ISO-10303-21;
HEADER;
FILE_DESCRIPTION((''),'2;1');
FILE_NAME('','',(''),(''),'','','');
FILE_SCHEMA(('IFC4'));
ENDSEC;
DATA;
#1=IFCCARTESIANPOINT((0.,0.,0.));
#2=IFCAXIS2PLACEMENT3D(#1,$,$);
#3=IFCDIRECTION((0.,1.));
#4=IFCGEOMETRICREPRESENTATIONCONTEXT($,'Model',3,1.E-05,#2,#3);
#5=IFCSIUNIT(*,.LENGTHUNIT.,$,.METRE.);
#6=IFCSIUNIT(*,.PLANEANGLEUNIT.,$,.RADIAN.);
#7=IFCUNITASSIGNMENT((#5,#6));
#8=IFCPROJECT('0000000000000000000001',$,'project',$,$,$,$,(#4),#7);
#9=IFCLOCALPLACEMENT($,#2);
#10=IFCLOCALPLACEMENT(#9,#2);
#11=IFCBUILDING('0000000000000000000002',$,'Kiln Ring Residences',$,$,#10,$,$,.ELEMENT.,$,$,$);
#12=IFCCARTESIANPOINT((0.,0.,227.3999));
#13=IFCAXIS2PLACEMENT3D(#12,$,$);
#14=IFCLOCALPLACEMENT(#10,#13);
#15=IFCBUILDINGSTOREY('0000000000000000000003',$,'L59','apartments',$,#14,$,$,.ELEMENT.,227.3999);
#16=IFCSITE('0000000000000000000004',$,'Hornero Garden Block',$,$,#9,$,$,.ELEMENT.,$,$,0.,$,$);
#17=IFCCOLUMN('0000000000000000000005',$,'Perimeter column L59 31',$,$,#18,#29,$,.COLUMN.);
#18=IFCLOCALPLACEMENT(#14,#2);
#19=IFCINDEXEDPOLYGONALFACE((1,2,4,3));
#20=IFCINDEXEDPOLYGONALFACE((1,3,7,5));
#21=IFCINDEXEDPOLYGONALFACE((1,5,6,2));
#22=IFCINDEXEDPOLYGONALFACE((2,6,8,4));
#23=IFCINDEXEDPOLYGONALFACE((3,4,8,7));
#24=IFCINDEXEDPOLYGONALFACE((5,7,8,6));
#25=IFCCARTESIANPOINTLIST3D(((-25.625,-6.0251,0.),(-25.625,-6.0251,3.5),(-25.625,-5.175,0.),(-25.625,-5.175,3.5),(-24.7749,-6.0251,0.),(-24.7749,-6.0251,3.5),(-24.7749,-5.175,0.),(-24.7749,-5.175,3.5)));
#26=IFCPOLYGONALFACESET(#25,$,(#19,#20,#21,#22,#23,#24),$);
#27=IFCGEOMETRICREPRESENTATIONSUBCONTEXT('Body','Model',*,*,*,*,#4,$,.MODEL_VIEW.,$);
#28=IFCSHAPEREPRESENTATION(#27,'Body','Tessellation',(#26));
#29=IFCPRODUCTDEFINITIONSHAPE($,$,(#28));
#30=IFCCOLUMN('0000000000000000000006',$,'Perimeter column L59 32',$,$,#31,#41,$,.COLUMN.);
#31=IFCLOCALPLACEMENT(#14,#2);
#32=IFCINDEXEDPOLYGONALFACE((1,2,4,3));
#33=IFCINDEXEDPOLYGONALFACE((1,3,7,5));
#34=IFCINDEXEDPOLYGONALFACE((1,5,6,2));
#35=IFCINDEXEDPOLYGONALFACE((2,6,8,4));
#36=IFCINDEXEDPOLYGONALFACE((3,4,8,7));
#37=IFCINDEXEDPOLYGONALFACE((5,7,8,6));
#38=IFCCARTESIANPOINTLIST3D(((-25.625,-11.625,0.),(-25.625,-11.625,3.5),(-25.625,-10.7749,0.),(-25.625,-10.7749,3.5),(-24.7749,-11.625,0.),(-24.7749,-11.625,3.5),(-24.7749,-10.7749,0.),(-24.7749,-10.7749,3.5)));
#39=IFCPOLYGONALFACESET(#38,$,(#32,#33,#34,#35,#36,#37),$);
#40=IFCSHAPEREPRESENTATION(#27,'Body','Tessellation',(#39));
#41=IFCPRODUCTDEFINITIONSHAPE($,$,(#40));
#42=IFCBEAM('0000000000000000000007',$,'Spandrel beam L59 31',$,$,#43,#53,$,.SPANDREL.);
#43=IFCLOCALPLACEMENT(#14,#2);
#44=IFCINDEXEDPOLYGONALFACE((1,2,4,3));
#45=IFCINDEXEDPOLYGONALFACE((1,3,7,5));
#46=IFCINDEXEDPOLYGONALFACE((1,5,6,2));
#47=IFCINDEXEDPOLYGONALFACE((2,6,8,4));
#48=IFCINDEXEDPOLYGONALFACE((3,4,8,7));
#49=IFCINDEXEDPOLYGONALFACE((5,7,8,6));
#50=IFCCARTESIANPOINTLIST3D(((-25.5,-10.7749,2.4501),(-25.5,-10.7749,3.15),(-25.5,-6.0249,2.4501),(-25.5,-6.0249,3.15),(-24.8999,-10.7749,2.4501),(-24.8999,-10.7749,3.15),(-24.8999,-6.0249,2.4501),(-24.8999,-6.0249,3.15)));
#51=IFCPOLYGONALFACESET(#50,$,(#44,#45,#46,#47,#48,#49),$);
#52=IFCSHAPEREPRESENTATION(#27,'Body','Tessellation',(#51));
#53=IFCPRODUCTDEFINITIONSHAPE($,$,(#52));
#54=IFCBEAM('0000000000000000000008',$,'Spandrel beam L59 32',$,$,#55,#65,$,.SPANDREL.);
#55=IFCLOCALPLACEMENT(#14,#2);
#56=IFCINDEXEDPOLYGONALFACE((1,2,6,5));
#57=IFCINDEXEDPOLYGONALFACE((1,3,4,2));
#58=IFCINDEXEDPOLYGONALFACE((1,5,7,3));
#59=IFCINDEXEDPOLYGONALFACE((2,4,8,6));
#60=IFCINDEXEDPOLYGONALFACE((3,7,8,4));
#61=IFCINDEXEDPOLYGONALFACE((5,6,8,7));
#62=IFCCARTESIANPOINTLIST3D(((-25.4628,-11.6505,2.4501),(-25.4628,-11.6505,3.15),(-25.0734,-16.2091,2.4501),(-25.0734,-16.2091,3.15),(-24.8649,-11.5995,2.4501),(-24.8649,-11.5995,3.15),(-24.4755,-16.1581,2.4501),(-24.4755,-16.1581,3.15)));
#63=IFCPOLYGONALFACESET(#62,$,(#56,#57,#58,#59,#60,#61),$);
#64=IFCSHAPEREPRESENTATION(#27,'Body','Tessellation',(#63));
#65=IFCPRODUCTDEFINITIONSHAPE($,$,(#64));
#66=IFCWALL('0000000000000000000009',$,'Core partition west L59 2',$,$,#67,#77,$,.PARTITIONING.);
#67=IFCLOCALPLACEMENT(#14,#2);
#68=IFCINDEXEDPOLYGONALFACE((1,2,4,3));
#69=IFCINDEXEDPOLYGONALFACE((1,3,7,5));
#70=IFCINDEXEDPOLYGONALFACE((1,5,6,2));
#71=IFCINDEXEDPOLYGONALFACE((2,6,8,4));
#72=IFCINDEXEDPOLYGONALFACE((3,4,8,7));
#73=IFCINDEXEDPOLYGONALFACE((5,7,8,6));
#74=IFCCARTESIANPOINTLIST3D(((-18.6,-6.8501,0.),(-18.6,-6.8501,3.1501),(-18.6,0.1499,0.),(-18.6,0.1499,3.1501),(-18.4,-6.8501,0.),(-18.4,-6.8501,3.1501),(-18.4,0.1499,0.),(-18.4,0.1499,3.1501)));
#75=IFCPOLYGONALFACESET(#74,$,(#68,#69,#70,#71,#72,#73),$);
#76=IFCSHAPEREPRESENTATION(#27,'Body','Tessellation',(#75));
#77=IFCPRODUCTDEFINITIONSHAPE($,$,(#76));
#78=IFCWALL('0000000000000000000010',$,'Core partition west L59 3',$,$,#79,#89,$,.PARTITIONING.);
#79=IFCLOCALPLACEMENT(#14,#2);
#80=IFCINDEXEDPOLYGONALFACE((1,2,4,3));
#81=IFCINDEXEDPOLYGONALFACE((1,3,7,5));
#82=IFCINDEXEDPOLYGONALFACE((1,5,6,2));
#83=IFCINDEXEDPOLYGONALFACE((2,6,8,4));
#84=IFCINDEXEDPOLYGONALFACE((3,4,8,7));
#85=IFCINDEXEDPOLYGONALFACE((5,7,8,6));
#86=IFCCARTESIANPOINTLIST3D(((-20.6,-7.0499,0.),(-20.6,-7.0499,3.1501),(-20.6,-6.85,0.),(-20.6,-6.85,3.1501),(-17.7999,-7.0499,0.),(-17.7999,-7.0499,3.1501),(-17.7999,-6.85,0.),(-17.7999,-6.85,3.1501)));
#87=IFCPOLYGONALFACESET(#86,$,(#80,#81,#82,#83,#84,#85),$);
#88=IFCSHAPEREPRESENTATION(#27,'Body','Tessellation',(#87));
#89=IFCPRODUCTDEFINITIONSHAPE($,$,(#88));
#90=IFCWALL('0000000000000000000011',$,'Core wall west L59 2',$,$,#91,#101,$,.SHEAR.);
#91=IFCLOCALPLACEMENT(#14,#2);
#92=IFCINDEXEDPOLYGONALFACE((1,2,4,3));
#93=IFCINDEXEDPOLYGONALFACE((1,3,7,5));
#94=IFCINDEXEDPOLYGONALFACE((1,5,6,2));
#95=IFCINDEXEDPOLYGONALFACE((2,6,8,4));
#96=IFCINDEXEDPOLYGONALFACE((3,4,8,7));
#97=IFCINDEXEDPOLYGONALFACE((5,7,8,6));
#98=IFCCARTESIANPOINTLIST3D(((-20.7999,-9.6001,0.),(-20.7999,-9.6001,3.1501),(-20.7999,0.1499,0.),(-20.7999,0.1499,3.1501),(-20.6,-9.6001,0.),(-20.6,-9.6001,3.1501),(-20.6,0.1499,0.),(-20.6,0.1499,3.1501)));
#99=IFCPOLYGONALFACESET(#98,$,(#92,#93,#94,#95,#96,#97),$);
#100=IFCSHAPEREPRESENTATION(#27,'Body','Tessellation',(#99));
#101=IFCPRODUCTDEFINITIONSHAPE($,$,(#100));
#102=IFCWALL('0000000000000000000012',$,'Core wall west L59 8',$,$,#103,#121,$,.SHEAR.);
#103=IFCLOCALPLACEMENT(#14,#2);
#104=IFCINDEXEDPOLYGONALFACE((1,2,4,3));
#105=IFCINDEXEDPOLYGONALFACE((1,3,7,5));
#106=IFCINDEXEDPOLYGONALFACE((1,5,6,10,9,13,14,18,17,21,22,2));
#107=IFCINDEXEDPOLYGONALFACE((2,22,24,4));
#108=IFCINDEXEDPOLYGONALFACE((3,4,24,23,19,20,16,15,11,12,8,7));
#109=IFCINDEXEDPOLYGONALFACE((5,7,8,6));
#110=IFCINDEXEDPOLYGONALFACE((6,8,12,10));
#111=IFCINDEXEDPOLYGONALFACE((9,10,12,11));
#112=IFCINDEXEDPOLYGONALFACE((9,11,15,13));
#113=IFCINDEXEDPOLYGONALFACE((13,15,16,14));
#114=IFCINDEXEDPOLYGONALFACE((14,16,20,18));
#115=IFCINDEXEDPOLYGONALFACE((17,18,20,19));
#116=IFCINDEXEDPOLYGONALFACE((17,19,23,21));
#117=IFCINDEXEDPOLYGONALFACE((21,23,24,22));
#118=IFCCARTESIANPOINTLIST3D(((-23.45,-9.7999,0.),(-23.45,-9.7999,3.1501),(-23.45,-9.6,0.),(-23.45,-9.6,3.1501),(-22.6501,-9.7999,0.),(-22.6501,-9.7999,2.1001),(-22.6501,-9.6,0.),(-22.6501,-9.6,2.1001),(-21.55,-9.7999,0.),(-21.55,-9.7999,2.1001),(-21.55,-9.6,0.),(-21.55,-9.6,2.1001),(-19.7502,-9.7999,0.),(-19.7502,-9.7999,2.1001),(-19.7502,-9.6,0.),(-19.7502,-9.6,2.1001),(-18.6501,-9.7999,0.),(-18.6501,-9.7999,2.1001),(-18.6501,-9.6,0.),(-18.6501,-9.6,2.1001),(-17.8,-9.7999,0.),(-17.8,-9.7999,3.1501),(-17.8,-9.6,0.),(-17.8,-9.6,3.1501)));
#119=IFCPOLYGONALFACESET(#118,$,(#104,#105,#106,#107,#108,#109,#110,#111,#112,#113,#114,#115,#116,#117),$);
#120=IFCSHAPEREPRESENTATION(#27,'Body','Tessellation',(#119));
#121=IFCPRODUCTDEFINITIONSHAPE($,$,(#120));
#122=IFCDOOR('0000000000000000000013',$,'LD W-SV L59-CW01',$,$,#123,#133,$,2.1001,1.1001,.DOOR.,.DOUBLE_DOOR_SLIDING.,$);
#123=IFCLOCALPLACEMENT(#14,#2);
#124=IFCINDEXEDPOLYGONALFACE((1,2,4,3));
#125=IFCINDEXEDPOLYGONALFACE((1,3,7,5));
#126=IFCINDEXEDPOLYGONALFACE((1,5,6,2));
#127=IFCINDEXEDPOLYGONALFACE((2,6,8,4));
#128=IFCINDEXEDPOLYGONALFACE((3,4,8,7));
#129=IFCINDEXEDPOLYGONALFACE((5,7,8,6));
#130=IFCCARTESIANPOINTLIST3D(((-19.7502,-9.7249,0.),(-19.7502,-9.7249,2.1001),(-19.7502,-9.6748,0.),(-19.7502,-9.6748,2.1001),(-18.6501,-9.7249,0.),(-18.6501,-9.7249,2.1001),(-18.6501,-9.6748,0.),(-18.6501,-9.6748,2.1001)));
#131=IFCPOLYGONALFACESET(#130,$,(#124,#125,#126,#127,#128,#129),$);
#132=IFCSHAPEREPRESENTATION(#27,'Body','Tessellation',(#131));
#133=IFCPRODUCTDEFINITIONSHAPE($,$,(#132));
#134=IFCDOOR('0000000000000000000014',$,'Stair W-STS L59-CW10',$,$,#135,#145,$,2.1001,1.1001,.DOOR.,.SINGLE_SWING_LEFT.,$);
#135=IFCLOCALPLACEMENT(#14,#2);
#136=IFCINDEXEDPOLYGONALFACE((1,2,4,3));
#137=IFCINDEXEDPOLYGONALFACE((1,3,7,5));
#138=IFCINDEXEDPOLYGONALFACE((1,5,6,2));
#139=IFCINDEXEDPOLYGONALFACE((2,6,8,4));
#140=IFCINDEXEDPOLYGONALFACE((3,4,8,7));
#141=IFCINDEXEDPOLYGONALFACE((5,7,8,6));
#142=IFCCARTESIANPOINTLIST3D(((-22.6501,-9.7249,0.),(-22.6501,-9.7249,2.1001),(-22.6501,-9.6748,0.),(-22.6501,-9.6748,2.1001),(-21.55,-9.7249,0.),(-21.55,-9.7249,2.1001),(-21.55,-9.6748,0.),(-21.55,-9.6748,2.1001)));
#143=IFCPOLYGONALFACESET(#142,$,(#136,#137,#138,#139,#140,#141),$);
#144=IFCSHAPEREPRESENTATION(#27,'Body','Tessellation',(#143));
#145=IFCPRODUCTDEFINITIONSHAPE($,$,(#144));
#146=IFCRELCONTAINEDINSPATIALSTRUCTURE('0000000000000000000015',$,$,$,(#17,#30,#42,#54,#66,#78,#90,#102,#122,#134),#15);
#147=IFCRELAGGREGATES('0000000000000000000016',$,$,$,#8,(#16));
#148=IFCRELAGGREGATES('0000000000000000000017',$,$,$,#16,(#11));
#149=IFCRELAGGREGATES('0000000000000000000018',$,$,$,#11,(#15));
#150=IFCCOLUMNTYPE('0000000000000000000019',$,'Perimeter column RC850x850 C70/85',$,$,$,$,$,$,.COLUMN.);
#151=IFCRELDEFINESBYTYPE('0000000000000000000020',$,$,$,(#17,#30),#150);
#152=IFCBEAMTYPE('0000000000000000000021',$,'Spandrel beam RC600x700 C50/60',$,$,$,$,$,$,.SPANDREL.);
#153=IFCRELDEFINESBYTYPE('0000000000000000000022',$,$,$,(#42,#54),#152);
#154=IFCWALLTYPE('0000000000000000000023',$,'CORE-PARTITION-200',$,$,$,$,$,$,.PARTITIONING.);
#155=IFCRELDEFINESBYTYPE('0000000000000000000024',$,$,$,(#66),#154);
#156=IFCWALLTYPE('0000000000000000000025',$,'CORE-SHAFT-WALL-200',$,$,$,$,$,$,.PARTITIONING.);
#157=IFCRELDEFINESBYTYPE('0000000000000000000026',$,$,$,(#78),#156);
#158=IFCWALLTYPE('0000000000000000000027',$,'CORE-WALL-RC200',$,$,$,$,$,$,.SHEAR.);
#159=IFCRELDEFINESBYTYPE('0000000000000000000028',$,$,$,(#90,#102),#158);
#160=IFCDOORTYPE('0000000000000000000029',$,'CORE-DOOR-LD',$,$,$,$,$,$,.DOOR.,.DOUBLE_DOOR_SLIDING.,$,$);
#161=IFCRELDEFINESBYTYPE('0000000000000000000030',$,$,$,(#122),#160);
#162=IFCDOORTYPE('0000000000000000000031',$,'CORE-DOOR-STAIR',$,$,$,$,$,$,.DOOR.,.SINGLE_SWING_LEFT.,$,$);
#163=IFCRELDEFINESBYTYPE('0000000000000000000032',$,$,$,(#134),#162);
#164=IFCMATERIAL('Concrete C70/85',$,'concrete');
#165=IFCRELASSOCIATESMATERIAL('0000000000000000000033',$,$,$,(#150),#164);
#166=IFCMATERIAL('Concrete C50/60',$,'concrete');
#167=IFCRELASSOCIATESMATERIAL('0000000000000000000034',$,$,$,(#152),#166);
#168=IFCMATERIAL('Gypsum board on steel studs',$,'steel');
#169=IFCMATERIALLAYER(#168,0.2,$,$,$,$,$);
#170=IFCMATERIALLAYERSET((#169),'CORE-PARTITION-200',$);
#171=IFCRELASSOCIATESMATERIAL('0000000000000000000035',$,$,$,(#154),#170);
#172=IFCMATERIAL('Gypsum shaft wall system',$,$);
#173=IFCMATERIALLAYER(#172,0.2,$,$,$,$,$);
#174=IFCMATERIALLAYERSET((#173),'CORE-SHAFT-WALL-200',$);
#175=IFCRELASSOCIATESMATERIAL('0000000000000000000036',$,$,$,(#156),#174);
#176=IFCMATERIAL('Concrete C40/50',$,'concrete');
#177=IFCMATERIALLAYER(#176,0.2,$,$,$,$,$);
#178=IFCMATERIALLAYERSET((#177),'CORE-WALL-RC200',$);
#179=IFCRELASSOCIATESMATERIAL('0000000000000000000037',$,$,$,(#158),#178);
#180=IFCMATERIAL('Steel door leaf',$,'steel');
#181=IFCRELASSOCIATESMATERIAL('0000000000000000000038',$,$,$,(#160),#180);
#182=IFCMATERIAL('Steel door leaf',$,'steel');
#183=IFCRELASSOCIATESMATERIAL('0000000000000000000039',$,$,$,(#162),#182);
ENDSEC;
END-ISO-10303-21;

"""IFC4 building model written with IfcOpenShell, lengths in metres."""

from ifc_helpers import new_model, si_unit, direction, frame, frame_2d, origin, origin_2d, place, context, subcontext, project, spatial, rectangle, extrude, material, layer, layer_set, material_profile, profile_set, type_object, element, fill, save


model = new_model("IFC4")

# Units and contexts
model_context = context("Model", 3, precision=1e-05, world=origin(), true_north=direction((0.0, 1.0)))
body_context = subcontext(model_context, "Body", "Model", "MODEL_VIEW")
ifc_project = project(units=[si_unit("LENGTHUNIT", "METRE"), si_unit("PLANEANGLEUNIT", "RADIAN")], contexts=[model_context])

# Site, building, storey
site_placement = place(None, origin())
site = spatial("IfcSite", under=ifc_project, at=site_placement, Name="Hornero Garden Block", CompositionType="ELEMENT", RefElevation=0.0)
building_placement = place(site_placement, origin())
building = spatial("IfcBuilding", under=site, at=building_placement, Name="Kiln Ring Residences", CompositionType="ELEMENT")
storey_placement = place(building_placement, frame((0.0, 0.0, 227.3999)))
storey = spatial("IfcBuildingStorey", under=building, at=storey_placement, Name="L59", Description="apartments", CompositionType="ELEMENT", Elevation=227.3999)

# Columns
ifc_material_1 = material(Name="Concrete C70/85", Category="concrete")
ifc_material_profile_1 = material_profile(ifc_material_1, rectangle(XDim=0.8501, YDim=0.8501, at=origin_2d()), Name="RC850x850")
ifc_profile_set_1 = profile_set([ifc_material_profile_1], Name="Concrete C70/85")
column_type = type_object("IfcColumnType", Name="Perimeter column RC850x850 C70/85", PredefinedType="COLUMN", material=ifc_profile_set_1)
for number, where, z_axis, x_axis, name in (
    (1, (-25.2, -5.6001, 0.0), (0.0, 0.0, 1.0), (1.0, 0.0, 0.0), "Perimeter column L59 31"),
    (2, (-25.2, -11.2, 0.0), (0.0, 0.0, 1.0), (1.0, 0.0, 0.0), "Perimeter column L59 32"),
):
    element("IfcColumn", number, at=place(storey_placement, frame(where, z_axis=z_axis, x_axis=x_axis)), inside=storey, type_object=column_type, Name=name, PredefinedType="COLUMN", context=body_context, shape_type="SweptSolid", body=[
        extrude(rectangle(XDim=0.8501, YDim=0.8501, at=origin_2d()), origin(), (0.0, 0.0, 1.0), 3.5),
    ])

# Beams
ifc_material_2 = material(Name="Concrete C50/60", Category="concrete")
ifc_material_profile_2 = material_profile(ifc_material_2, rectangle(XDim=0.6001, YDim=0.7, at=origin_2d()), Name="RC600x700")
ifc_profile_set_2 = profile_set([ifc_material_profile_2], Name="Concrete C50/60")
beam_type = type_object("IfcBeamType", Name="Spandrel beam RC600x700 C50/60", PredefinedType="SPANDREL", material=ifc_profile_set_2)
beam_1_placement = place(storey_placement, frame((-25.2, -6.0249, 2.8), z_axis=(0.0, -1.0, 0.0), x_axis=(1.0, 0.0, 0.0)))
element("IfcBeam", 3, at=beam_1_placement, inside=storey, type_object=beam_type, Name="Spandrel beam L59 31", PredefinedType="SPANDREL", context=body_context, shape_type="SweptSolid", body=[
    extrude(rectangle(XDim=0.6001, YDim=0.7, at=origin_2d()), origin(), (0.0, 0.0, 1.0), 4.75),
])
beam_2_placement = place(storey_placement, frame((-25.1638, -11.625, 2.8), z_axis=(0.085112, -0.996371, 0.0), x_axis=(0.996371, 0.085112, 0.0)))
element("IfcBeam", 4, at=beam_2_placement, inside=storey, type_object=beam_type, Name="Spandrel beam L59 32", PredefinedType="SPANDREL", context=body_context, shape_type="SweptSolid", body=[
    extrude(rectangle(XDim=0.6001, YDim=0.7, at=origin_2d()), origin(), (0.0, 0.0, 1.0), 4.5752),
])

# Walls
ifc_material_3 = material(Name="Gypsum board on steel studs", Category="steel")
ifc_layer_1 = layer(ifc_material_3, 0.2)
ifc_layer_set_1 = layer_set([ifc_layer_1], Name="CORE-PARTITION-200")
wall_type_1 = type_object("IfcWallType", Name="CORE-PARTITION-200", PredefinedType="PARTITIONING", material=ifc_layer_set_1)
wall_1_placement = place(storey_placement, frame((-18.5, -6.8501, 0.0), z_axis=(0.0, 0.0, 1.0), x_axis=(0.0, 1.0, 0.0)))
element("IfcWall", 5, at=wall_1_placement, inside=storey, type_object=wall_type_1, Name="Core partition west L59 2", PredefinedType="PARTITIONING", context=body_context, shape_type="SweptSolid", body=[
    extrude(rectangle(XDim=7.0, YDim=0.2, at=frame_2d((3.5, 0.0))), origin(), (0.0, 0.0, 1.0), 3.1501),
])
ifc_material_4 = material(Name="Gypsum shaft wall system")
ifc_layer_2 = layer(ifc_material_4, 0.2)
ifc_layer_set_2 = layer_set([ifc_layer_2], Name="CORE-SHAFT-WALL-200")
wall_type_2 = type_object("IfcWallType", Name="CORE-SHAFT-WALL-200", PredefinedType="PARTITIONING", material=ifc_layer_set_2)
wall_2_placement = place(storey_placement, frame((-17.8, -6.95, 0.0), z_axis=(0.0, 0.0, 1.0), x_axis=(-1.0, 0.0, 0.0)))
element("IfcWall", 6, at=wall_2_placement, inside=storey, type_object=wall_type_2, Name="Core partition west L59 3", PredefinedType="PARTITIONING", context=body_context, shape_type="SweptSolid", body=[
    extrude(rectangle(XDim=2.8, YDim=0.2, at=frame_2d((1.3999, 0.0))), origin(), (0.0, 0.0, 1.0), 3.1501),
])
ifc_material_5 = material(Name="Concrete C40/50", Category="concrete")
ifc_layer_3 = layer(ifc_material_5, 0.2)
ifc_layer_set_3 = layer_set([ifc_layer_3], Name="CORE-WALL-RC200")
wall_type_3 = type_object("IfcWallType", Name="CORE-WALL-RC200", PredefinedType="SHEAR", material=ifc_layer_set_3)
wall_3_placement = place(storey_placement, frame((-20.7, -9.6001, 0.0), z_axis=(0.0, 0.0, 1.0), x_axis=(0.0, 1.0, 0.0)))
element("IfcWall", 7, at=wall_3_placement, inside=storey, type_object=wall_type_3, Name="Core wall west L59 2", PredefinedType="SHEAR", context=body_context, shape_type="SweptSolid", body=[
    extrude(rectangle(XDim=9.75, YDim=0.2, at=frame_2d((4.875, 0.0))), origin(), (0.0, 0.0, 1.0), 3.1501),
])

# Wall, openings, doors
wall_4_placement = place(storey_placement, frame((-17.8, -9.7, 0.0), z_axis=(0.0, 0.0, 1.0), x_axis=(-1.0, 0.0, 0.0)))
wall_4 = element("IfcWall", 8, at=wall_4_placement, inside=storey, type_object=wall_type_3, Name="Core wall west L59 8", PredefinedType="SHEAR", context=body_context, shape_type="SweptSolid", body=[
    extrude(rectangle(XDim=5.6499, YDim=0.2, at=frame_2d((2.825, 0.0))), origin(), (0.0, 0.0, 1.0), 3.1501),
])
opening_1_placement = place(wall_4_placement, frame((0.8501, 0.0, 0.0)))
opening_1 = element("IfcOpeningElement", 9, at=opening_1_placement, cuts=wall_4, PredefinedType="OPENING", context=body_context, shape_type="SweptSolid", body=[
    extrude(rectangle(XDim=1.1001, YDim=2.1001, at=frame_2d((0.55, 1.05))), frame((0.0, 0.1099, 0.0), z_axis=(0.0, -1.0, 0.0), x_axis=(1.0, 0.0, 0.0)), (0.0, 0.0, 1.0), 0.22),
])
opening_2_placement = place(wall_4_placement, frame((3.75, 0.0, 0.0)))
opening_2 = element("IfcOpeningElement", 10, at=opening_2_placement, cuts=wall_4, PredefinedType="OPENING", context=body_context, shape_type="SweptSolid", body=[
    extrude(rectangle(XDim=1.1001, YDim=2.1001, at=frame_2d((0.55, 1.05))), frame((0.0, 0.1099, 0.0), z_axis=(0.0, -1.0, 0.0), x_axis=(1.0, 0.0, 0.0)), (0.0, 0.0, 1.0), 0.22),
])
ifc_material_6 = material(Name="Steel door leaf", Category="steel")
door_type_1 = type_object("IfcDoorType", Name="CORE-DOOR-LD", OperationType="DOUBLE_DOOR_SLIDING", PredefinedType="DOOR", material=ifc_material_6)
door_1_placement = place(opening_1_placement, origin())
door_1 = element("IfcDoor", 11, at=door_1_placement, inside=storey, type_object=door_type_1, Name="LD W-SV L59-CW01", OperationType="DOUBLE_DOOR_SLIDING", OverallHeight=2.1001, OverallWidth=1.1001, PredefinedType="DOOR", context=body_context, shape_type="SweptSolid", body=[
    extrude(rectangle(XDim=1.1001, YDim=2.1001, at=frame_2d((0.55, 1.05))), frame((0.0, 0.0249, 0.0), z_axis=(0.0, -1.0, 0.0), x_axis=(1.0, 0.0, 0.0)), (0.0, 0.0, 1.0), 0.05),
])
fill(opening_1, door_1)
ifc_material_7 = material(Name="Steel door leaf", Category="steel")
door_type_2 = type_object("IfcDoorType", Name="CORE-DOOR-STAIR", OperationType="SINGLE_SWING_LEFT", PredefinedType="DOOR", material=ifc_material_7)
door_2_placement = place(opening_2_placement, origin())
door_2 = element("IfcDoor", 12, at=door_2_placement, inside=storey, type_object=door_type_2, Name="Stair W-STS L59-CW10", OperationType="SINGLE_SWING_LEFT", OverallHeight=2.1001, OverallWidth=1.1001, PredefinedType="DOOR", context=body_context, shape_type="SweptSolid", body=[
    extrude(rectangle(XDim=1.1001, YDim=2.1001, at=frame_2d((0.55, 1.05))), frame((0.0, 0.0249, 0.0), z_axis=(0.0, -1.0, 0.0), x_axis=(1.0, 0.0, 0.0)), (0.0, 0.0, 1.0), 0.05),
])
fill(opening_2, door_2)

save(model, "model.ifc")
